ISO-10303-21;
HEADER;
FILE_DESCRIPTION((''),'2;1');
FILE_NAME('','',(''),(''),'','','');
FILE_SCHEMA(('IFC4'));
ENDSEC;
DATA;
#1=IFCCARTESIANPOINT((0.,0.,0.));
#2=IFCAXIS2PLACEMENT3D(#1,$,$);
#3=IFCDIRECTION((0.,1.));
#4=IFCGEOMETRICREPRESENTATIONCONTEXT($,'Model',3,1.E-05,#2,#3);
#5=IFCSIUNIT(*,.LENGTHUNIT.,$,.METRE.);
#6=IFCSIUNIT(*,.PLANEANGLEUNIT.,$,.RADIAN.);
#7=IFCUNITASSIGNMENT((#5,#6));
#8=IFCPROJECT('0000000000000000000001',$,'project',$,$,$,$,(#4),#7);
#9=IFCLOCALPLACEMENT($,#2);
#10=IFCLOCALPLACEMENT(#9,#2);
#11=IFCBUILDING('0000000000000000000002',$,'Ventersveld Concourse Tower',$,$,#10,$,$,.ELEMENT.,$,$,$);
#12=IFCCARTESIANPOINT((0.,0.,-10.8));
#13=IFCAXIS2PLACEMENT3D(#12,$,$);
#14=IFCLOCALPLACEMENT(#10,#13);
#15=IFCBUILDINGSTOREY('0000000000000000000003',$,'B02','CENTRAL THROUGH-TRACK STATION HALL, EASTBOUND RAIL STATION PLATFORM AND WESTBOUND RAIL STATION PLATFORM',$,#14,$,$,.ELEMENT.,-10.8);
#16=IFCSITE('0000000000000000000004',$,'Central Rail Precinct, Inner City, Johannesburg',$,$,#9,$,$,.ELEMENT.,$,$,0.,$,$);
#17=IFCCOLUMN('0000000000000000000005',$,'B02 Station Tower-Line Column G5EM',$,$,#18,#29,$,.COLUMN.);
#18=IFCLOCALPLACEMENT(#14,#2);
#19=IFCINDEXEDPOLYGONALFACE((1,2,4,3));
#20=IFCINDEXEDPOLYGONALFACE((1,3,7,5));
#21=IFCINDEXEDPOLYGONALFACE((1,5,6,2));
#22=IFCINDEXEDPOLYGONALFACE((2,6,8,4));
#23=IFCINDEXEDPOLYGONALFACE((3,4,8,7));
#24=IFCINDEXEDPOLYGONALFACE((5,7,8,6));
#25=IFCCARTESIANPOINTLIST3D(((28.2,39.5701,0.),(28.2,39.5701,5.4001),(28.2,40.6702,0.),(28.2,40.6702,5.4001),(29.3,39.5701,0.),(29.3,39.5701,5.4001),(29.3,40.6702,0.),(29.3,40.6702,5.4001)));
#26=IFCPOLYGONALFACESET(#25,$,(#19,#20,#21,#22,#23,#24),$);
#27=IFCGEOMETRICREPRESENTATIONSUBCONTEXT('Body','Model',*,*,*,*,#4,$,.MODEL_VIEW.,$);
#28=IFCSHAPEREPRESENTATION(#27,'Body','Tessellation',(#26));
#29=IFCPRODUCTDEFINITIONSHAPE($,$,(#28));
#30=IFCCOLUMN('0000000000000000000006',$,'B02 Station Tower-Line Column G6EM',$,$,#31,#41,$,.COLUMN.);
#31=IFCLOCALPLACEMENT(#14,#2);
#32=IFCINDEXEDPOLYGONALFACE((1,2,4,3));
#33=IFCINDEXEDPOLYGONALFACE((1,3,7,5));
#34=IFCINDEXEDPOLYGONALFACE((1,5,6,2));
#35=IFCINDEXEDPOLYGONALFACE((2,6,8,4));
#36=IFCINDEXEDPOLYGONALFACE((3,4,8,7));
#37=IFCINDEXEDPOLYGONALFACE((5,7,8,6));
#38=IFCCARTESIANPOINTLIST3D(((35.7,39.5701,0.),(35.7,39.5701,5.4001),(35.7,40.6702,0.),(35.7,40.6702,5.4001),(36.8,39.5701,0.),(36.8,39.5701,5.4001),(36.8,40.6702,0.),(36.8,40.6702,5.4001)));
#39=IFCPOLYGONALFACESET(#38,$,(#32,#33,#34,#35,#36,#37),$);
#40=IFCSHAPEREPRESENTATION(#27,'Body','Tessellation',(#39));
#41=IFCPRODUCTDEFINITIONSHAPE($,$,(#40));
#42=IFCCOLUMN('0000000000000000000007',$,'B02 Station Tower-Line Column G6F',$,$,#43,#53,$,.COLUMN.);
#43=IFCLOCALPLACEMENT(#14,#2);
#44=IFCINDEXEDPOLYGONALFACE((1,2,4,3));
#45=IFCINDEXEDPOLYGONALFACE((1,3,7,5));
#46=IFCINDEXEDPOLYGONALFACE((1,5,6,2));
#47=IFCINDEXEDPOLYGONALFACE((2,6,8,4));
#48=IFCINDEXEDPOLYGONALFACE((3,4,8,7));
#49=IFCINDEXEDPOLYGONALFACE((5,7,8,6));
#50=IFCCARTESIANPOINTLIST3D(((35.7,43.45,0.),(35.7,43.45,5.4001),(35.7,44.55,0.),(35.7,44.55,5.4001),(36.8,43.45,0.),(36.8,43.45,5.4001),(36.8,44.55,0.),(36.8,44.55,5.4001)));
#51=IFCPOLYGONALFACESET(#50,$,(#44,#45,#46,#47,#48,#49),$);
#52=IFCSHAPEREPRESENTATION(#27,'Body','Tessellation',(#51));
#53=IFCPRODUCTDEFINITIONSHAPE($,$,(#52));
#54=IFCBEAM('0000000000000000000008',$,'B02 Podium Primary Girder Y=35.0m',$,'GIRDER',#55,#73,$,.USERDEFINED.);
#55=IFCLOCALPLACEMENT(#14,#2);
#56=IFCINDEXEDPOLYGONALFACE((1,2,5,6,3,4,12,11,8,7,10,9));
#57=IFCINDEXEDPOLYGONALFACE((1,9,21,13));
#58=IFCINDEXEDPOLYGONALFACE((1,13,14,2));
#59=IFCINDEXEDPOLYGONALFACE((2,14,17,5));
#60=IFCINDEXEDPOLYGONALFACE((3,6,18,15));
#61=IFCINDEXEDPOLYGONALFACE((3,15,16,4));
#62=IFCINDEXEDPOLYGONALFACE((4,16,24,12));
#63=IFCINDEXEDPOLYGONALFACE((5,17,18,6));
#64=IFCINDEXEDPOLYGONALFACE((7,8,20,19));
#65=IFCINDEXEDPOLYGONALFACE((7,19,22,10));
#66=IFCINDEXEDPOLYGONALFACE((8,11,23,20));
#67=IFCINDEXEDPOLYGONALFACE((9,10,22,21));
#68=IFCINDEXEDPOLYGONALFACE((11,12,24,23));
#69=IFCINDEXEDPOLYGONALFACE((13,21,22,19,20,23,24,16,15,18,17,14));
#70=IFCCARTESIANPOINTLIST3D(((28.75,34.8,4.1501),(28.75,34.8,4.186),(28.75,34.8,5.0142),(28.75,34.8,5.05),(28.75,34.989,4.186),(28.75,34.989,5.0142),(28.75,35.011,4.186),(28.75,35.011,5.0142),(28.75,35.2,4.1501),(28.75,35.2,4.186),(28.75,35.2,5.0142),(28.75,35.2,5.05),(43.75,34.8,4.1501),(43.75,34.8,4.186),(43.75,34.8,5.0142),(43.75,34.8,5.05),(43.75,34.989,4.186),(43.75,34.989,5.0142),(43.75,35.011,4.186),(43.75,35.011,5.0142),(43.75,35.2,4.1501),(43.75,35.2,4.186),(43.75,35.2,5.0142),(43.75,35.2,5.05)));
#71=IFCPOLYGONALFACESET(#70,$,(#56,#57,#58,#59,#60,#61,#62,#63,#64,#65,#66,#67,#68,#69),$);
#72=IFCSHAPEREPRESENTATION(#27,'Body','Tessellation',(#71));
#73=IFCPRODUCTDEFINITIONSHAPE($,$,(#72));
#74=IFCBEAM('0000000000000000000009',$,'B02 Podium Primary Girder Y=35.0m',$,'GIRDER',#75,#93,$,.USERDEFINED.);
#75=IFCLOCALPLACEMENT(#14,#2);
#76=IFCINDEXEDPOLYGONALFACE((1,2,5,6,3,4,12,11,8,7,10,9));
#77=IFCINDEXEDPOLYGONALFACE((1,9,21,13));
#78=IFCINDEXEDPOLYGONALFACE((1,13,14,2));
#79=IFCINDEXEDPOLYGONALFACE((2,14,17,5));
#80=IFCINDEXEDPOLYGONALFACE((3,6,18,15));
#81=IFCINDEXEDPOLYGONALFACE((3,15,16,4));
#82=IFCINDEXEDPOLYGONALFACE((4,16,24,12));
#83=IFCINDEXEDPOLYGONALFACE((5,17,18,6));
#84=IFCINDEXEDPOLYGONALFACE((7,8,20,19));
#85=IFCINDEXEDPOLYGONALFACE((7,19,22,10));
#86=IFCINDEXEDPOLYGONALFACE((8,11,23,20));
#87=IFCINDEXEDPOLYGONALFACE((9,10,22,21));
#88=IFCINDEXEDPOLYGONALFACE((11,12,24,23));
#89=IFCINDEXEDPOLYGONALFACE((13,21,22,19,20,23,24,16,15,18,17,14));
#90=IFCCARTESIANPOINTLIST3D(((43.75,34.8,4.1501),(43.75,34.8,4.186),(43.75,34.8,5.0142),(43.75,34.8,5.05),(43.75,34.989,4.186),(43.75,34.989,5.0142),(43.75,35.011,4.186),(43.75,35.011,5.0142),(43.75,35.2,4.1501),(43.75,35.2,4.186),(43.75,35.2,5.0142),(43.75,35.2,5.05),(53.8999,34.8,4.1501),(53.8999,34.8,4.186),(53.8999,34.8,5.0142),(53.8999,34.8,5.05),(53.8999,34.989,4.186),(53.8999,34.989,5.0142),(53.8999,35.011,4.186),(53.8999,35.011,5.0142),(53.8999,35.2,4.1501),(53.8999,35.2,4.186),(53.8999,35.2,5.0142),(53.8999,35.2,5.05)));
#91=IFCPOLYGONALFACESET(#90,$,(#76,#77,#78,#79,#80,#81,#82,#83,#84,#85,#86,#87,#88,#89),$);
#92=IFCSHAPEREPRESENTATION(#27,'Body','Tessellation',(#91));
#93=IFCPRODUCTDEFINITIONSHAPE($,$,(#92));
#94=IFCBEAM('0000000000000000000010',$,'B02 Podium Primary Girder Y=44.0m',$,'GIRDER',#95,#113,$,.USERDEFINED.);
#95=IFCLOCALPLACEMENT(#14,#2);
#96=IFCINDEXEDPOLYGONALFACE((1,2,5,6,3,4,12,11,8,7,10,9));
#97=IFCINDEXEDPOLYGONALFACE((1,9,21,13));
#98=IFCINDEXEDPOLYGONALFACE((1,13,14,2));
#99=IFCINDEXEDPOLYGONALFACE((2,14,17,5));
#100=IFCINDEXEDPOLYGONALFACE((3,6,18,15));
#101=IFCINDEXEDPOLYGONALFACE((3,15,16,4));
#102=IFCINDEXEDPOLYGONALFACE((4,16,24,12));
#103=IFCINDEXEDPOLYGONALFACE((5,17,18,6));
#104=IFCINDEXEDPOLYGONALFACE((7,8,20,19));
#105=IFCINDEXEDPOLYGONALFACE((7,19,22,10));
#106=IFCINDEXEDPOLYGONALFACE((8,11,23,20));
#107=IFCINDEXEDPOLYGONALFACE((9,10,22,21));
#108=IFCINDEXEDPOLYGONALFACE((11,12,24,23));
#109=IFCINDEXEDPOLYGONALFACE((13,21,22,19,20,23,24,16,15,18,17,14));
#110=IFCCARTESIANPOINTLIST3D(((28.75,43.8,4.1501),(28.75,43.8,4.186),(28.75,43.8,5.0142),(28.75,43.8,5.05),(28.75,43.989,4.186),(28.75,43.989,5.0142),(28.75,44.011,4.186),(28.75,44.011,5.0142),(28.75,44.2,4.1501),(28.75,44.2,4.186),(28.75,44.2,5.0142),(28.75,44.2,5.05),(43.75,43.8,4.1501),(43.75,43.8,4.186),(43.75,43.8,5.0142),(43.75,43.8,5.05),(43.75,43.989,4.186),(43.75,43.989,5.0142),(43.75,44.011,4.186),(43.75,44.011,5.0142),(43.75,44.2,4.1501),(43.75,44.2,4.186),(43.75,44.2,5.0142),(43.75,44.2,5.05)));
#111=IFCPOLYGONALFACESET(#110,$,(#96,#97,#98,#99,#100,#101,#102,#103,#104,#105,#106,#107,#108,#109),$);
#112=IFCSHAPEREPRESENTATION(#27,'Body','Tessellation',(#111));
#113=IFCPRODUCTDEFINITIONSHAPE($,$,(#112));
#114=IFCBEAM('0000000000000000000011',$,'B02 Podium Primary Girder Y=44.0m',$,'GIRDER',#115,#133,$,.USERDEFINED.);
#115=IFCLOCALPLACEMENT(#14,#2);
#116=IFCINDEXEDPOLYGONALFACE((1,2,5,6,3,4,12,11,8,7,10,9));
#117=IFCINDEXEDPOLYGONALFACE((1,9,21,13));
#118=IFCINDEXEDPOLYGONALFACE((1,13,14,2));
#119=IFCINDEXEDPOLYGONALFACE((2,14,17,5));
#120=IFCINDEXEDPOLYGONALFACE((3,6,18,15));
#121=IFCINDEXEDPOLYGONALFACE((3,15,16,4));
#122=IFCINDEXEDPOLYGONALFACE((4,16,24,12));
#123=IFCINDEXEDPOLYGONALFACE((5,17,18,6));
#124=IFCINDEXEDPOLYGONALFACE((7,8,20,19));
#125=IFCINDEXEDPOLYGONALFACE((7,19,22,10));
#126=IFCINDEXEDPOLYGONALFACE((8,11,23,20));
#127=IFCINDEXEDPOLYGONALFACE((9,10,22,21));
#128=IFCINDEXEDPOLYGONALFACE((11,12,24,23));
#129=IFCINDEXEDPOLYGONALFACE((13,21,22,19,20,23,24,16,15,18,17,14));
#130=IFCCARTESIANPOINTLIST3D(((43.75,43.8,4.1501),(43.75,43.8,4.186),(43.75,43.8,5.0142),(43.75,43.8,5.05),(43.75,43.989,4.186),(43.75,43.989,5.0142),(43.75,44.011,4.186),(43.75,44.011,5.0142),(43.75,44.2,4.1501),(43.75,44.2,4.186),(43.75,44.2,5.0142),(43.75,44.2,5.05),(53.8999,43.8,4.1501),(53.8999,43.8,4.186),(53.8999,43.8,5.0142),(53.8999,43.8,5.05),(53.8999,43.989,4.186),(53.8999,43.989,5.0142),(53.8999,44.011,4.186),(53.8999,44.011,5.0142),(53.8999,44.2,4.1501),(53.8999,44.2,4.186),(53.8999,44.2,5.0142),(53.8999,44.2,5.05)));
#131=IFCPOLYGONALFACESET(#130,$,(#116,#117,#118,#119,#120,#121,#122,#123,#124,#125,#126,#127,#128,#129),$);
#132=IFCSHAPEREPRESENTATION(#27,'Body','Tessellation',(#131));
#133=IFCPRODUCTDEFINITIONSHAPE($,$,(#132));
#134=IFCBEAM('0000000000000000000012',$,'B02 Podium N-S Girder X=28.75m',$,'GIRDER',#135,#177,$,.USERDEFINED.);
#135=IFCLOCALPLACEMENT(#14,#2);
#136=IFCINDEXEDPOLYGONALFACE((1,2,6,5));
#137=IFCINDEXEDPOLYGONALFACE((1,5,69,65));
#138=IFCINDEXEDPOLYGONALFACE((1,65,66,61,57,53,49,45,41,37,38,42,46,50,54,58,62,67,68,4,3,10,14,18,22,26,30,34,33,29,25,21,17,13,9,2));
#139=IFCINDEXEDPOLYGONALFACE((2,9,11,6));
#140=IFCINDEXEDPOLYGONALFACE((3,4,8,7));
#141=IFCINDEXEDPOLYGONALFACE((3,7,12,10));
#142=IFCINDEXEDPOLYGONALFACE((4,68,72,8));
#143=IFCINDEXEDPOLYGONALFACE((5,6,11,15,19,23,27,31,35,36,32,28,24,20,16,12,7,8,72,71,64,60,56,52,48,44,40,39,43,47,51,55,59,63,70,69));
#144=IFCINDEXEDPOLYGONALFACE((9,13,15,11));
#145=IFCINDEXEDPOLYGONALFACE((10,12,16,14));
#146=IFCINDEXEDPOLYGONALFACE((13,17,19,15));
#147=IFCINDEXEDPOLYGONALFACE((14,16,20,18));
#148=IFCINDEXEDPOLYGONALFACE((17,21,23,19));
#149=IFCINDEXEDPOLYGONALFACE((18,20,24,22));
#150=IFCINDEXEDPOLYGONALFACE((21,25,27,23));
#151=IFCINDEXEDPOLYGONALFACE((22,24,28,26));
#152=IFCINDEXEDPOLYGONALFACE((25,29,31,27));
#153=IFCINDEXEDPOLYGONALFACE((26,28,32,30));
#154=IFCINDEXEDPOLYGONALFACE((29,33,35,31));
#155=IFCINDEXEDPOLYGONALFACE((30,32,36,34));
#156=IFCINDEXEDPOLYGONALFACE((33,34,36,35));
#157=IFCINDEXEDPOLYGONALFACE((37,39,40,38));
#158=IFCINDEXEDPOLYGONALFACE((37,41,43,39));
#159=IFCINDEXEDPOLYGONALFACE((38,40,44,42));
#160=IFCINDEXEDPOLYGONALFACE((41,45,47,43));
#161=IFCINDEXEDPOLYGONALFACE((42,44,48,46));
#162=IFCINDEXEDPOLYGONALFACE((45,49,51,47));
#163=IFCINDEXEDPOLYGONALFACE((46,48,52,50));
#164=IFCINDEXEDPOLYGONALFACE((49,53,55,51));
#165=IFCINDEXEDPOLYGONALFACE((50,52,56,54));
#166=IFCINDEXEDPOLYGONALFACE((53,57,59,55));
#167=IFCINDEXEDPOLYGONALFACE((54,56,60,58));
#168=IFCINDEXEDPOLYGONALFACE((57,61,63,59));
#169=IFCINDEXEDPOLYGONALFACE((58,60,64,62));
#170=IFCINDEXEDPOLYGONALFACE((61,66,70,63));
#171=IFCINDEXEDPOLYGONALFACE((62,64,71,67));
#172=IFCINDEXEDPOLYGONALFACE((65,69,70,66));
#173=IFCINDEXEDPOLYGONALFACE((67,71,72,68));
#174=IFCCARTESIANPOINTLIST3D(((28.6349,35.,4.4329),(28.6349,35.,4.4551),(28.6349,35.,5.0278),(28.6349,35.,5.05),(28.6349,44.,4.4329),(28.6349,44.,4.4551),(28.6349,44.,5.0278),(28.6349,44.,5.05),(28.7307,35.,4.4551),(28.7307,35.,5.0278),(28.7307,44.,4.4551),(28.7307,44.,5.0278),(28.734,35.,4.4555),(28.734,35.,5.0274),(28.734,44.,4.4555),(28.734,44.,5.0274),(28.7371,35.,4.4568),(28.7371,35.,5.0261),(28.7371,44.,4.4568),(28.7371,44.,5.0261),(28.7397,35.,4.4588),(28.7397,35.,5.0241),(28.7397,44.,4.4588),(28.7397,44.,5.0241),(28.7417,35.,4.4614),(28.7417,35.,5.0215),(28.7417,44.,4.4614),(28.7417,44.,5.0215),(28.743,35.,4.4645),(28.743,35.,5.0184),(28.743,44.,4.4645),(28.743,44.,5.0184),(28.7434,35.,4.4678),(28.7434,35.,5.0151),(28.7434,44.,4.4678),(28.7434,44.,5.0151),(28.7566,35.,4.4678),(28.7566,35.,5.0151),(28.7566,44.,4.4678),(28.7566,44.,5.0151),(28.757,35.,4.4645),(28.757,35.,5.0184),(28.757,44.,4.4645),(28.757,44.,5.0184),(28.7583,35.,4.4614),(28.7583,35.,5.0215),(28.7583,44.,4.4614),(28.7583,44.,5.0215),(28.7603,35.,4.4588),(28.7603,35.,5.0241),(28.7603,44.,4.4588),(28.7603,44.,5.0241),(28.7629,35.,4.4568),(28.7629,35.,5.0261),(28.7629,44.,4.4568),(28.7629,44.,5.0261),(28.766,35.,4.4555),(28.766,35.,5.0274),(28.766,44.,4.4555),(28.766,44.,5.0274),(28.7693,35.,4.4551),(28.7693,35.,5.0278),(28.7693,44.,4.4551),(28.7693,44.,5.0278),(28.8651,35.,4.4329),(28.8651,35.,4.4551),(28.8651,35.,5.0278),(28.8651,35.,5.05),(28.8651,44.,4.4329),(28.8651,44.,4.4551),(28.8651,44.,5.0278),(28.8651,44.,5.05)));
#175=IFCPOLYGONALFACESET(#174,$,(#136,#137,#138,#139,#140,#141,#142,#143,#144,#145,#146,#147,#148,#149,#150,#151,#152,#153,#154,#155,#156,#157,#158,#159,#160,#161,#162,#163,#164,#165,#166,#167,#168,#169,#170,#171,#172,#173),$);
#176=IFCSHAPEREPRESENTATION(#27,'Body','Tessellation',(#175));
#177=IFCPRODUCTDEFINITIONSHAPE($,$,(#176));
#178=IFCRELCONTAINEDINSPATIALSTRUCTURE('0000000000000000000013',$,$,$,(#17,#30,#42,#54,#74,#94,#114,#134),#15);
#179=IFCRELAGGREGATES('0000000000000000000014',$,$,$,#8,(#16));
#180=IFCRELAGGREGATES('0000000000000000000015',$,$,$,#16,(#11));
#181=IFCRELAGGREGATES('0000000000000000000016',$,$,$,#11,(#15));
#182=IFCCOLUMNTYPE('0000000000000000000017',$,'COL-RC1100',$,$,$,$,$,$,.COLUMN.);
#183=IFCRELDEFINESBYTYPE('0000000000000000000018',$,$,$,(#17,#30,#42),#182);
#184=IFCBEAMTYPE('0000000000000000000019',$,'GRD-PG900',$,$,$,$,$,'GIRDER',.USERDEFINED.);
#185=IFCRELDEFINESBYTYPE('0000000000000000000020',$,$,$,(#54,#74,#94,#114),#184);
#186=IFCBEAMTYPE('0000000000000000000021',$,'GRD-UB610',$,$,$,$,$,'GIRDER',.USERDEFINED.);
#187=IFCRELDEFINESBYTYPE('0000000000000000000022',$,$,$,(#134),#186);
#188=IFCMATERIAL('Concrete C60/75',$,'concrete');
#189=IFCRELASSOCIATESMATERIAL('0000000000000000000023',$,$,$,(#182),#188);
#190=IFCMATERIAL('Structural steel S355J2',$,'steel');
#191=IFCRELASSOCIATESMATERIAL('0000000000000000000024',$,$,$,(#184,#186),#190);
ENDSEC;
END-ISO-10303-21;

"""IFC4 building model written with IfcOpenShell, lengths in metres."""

from ifc_helpers import new_model, si_unit, direction, frame, origin, origin_2d, place, context, subcontext, project, spatial, rectangle, i_section, extrude, material, material_profile, profile_set, type_object, element, save


model = new_model("IFC4")

# Units and contexts
model_context = context("Model", 3, precision=1e-05, world=origin(), true_north=direction((0.0, 1.0)))
body_context = subcontext(model_context, "Body", "Model", "MODEL_VIEW")
ifc_project = project(units=[si_unit("LENGTHUNIT", "METRE"), si_unit("PLANEANGLEUNIT", "RADIAN")], contexts=[model_context])

# Site, building, storey
site_placement = place(None, origin())
site = spatial("IfcSite", under=ifc_project, at=site_placement, Name="Central Rail Precinct, Inner City, Johannesburg", CompositionType="ELEMENT", RefElevation=0.0)
building_placement = place(site_placement, origin())
building = spatial("IfcBuilding", under=site, at=building_placement, Name="Ventersveld Concourse Tower", CompositionType="ELEMENT")
storey_placement = place(building_placement, frame((0.0, 0.0, -10.8)))
storey = spatial("IfcBuildingStorey", under=building, at=storey_placement, Name="B02", Description="CENTRAL THROUGH-TRACK STATION HALL, EASTBOUND RAIL STATION PLATFORM AND WESTBOUND RAIL STATION PLATFORM", CompositionType="ELEMENT", Elevation=-10.8)

# Columns
ifc_material_1 = material(Name="Concrete C60/75", Category="concrete")
ifc_material_profile_1 = material_profile(ifc_material_1, rectangle(XDim=1.1001, YDim=1.1001, at=origin_2d()), Name="RC 1100x1100")
ifc_profile_set_1 = profile_set([ifc_material_profile_1], Name="Concrete C60/75")
column_type_1 = type_object("IfcColumnType", Name="COL-RC1100", PredefinedType="COLUMN", material=ifc_profile_set_1)
for number, where, z_axis, x_axis, name in (
    (1, (28.75, 40.1201, 0.0), (0.0, 0.0, 1.0), (1.0, 0.0, 0.0), "B02 Station Tower-Line Column G5EM"),
    (2, (36.25, 40.1201, 0.0), (0.0, 0.0, 1.0), (1.0, 0.0, 0.0), "B02 Station Tower-Line Column G6EM"),
    (3, (36.25, 44.0, 0.0), (0.0, 0.0, 1.0), (1.0, 0.0, 0.0), "B02 Station Tower-Line Column G6F"),
):
    element("IfcColumn", number, at=place(storey_placement, frame(where, z_axis=z_axis, x_axis=x_axis)), inside=storey, type_object=column_type_1, Name=name, PredefinedType="COLUMN", context=body_context, shape_type="SweptSolid", body=[
        extrude(rectangle(XDim=1.1001, YDim=1.1001, at=origin_2d()), origin(), (0.0, 0.0, 1.0), 5.4001),
    ])

# Beams
ifc_material_2 = material(Name="Structural steel S355J2", Category="steel")
ifc_material_profile_2 = material_profile(ifc_material_2, i_section(OverallWidth=0.3999, OverallDepth=0.8999, WebThickness=0.022, FlangeThickness=0.0359, at=origin_2d()), Name="PG 900x400x36")
ifc_profile_set_2 = profile_set([ifc_material_profile_2], Name="Structural steel S355J2")
beam_type_1 = type_object("IfcBeamType", Name="GRD-PG900", ElementType="GIRDER", PredefinedType="USERDEFINED", material=ifc_profile_set_2)
beam_1_placement = place(storey_placement, frame((28.75, 35.0, 4.6001), z_axis=(1.0, 0.0, 0.0), x_axis=(0.0, 1.0, 0.0)))
element("IfcBeam", 4, at=beam_1_placement, inside=storey, type_object=beam_type_1, Name="B02 Podium Primary Girder Y=35.0m", ObjectType="GIRDER", PredefinedType="USERDEFINED", context=body_context, shape_type="SweptSolid", body=[
    extrude(i_section(OverallWidth=0.3999, OverallDepth=0.8999, WebThickness=0.022, FlangeThickness=0.0359, at=origin_2d()), origin(), (0.0, 0.0, 1.0), 15.0),
])
beam_2_placement = place(storey_placement, frame((43.75, 35.0, 4.6001), z_axis=(1.0, 0.0, 0.0), x_axis=(0.0, 1.0, 0.0)))
element("IfcBeam", 5, at=beam_2_placement, inside=storey, type_object=beam_type_1, Name="B02 Podium Primary Girder Y=35.0m", ObjectType="GIRDER", PredefinedType="USERDEFINED", context=body_context, shape_type="SweptSolid", body=[
    extrude(i_section(OverallWidth=0.3999, OverallDepth=0.8999, WebThickness=0.022, FlangeThickness=0.0359, at=origin_2d()), origin(), (0.0, 0.0, 1.0), 10.1499),
])
beam_3_placement = place(storey_placement, frame((28.75, 44.0, 4.6001), z_axis=(1.0, 0.0, 0.0), x_axis=(0.0, 1.0, 0.0)))
element("IfcBeam", 6, at=beam_3_placement, inside=storey, type_object=beam_type_1, Name="B02 Podium Primary Girder Y=44.0m", ObjectType="GIRDER", PredefinedType="USERDEFINED", context=body_context, shape_type="SweptSolid", body=[
    extrude(i_section(OverallWidth=0.3999, OverallDepth=0.8999, WebThickness=0.022, FlangeThickness=0.0359, at=origin_2d()), origin(), (0.0, 0.0, 1.0), 15.0),
])
beam_4_placement = place(storey_placement, frame((43.75, 44.0, 4.6001), z_axis=(1.0, 0.0, 0.0), x_axis=(0.0, 1.0, 0.0)))
element("IfcBeam", 7, at=beam_4_placement, inside=storey, type_object=beam_type_1, Name="B02 Podium Primary Girder Y=44.0m", ObjectType="GIRDER", PredefinedType="USERDEFINED", context=body_context, shape_type="SweptSolid", body=[
    extrude(i_section(OverallWidth=0.3999, OverallDepth=0.8999, WebThickness=0.022, FlangeThickness=0.0359, at=origin_2d()), origin(), (0.0, 0.0, 1.0), 10.1499),
])
ifc_material_profile_3 = material_profile(ifc_material_2, i_section(OverallWidth=0.2302, OverallDepth=0.6172, WebThickness=0.0132, FlangeThickness=0.0222, FilletRadius=0.0127, at=origin_2d()), Name="UB 610x229x140")
ifc_profile_set_3 = profile_set([ifc_material_profile_3], Name="Structural steel S355J2")
beam_type_2 = type_object("IfcBeamType", Name="GRD-UB610", ElementType="GIRDER", PredefinedType="USERDEFINED", material=ifc_profile_set_3)
beam_5_placement = place(storey_placement, frame((28.75, 35.0, 4.7415), z_axis=(0.0, 1.0, 0.0), x_axis=(-1.0, 0.0, 0.0)))
element("IfcBeam", 8, at=beam_5_placement, inside=storey, type_object=beam_type_2, Name="B02 Podium N-S Girder X=28.75m", ObjectType="GIRDER", PredefinedType="USERDEFINED", context=body_context, shape_type="SweptSolid", body=[
    extrude(i_section(OverallWidth=0.2302, OverallDepth=0.6172, WebThickness=0.0132, FlangeThickness=0.0222, FilletRadius=0.0127, at=origin_2d()), origin(), (0.0, 0.0, 1.0), 9.0),
])

save(model, "model.ifc")
